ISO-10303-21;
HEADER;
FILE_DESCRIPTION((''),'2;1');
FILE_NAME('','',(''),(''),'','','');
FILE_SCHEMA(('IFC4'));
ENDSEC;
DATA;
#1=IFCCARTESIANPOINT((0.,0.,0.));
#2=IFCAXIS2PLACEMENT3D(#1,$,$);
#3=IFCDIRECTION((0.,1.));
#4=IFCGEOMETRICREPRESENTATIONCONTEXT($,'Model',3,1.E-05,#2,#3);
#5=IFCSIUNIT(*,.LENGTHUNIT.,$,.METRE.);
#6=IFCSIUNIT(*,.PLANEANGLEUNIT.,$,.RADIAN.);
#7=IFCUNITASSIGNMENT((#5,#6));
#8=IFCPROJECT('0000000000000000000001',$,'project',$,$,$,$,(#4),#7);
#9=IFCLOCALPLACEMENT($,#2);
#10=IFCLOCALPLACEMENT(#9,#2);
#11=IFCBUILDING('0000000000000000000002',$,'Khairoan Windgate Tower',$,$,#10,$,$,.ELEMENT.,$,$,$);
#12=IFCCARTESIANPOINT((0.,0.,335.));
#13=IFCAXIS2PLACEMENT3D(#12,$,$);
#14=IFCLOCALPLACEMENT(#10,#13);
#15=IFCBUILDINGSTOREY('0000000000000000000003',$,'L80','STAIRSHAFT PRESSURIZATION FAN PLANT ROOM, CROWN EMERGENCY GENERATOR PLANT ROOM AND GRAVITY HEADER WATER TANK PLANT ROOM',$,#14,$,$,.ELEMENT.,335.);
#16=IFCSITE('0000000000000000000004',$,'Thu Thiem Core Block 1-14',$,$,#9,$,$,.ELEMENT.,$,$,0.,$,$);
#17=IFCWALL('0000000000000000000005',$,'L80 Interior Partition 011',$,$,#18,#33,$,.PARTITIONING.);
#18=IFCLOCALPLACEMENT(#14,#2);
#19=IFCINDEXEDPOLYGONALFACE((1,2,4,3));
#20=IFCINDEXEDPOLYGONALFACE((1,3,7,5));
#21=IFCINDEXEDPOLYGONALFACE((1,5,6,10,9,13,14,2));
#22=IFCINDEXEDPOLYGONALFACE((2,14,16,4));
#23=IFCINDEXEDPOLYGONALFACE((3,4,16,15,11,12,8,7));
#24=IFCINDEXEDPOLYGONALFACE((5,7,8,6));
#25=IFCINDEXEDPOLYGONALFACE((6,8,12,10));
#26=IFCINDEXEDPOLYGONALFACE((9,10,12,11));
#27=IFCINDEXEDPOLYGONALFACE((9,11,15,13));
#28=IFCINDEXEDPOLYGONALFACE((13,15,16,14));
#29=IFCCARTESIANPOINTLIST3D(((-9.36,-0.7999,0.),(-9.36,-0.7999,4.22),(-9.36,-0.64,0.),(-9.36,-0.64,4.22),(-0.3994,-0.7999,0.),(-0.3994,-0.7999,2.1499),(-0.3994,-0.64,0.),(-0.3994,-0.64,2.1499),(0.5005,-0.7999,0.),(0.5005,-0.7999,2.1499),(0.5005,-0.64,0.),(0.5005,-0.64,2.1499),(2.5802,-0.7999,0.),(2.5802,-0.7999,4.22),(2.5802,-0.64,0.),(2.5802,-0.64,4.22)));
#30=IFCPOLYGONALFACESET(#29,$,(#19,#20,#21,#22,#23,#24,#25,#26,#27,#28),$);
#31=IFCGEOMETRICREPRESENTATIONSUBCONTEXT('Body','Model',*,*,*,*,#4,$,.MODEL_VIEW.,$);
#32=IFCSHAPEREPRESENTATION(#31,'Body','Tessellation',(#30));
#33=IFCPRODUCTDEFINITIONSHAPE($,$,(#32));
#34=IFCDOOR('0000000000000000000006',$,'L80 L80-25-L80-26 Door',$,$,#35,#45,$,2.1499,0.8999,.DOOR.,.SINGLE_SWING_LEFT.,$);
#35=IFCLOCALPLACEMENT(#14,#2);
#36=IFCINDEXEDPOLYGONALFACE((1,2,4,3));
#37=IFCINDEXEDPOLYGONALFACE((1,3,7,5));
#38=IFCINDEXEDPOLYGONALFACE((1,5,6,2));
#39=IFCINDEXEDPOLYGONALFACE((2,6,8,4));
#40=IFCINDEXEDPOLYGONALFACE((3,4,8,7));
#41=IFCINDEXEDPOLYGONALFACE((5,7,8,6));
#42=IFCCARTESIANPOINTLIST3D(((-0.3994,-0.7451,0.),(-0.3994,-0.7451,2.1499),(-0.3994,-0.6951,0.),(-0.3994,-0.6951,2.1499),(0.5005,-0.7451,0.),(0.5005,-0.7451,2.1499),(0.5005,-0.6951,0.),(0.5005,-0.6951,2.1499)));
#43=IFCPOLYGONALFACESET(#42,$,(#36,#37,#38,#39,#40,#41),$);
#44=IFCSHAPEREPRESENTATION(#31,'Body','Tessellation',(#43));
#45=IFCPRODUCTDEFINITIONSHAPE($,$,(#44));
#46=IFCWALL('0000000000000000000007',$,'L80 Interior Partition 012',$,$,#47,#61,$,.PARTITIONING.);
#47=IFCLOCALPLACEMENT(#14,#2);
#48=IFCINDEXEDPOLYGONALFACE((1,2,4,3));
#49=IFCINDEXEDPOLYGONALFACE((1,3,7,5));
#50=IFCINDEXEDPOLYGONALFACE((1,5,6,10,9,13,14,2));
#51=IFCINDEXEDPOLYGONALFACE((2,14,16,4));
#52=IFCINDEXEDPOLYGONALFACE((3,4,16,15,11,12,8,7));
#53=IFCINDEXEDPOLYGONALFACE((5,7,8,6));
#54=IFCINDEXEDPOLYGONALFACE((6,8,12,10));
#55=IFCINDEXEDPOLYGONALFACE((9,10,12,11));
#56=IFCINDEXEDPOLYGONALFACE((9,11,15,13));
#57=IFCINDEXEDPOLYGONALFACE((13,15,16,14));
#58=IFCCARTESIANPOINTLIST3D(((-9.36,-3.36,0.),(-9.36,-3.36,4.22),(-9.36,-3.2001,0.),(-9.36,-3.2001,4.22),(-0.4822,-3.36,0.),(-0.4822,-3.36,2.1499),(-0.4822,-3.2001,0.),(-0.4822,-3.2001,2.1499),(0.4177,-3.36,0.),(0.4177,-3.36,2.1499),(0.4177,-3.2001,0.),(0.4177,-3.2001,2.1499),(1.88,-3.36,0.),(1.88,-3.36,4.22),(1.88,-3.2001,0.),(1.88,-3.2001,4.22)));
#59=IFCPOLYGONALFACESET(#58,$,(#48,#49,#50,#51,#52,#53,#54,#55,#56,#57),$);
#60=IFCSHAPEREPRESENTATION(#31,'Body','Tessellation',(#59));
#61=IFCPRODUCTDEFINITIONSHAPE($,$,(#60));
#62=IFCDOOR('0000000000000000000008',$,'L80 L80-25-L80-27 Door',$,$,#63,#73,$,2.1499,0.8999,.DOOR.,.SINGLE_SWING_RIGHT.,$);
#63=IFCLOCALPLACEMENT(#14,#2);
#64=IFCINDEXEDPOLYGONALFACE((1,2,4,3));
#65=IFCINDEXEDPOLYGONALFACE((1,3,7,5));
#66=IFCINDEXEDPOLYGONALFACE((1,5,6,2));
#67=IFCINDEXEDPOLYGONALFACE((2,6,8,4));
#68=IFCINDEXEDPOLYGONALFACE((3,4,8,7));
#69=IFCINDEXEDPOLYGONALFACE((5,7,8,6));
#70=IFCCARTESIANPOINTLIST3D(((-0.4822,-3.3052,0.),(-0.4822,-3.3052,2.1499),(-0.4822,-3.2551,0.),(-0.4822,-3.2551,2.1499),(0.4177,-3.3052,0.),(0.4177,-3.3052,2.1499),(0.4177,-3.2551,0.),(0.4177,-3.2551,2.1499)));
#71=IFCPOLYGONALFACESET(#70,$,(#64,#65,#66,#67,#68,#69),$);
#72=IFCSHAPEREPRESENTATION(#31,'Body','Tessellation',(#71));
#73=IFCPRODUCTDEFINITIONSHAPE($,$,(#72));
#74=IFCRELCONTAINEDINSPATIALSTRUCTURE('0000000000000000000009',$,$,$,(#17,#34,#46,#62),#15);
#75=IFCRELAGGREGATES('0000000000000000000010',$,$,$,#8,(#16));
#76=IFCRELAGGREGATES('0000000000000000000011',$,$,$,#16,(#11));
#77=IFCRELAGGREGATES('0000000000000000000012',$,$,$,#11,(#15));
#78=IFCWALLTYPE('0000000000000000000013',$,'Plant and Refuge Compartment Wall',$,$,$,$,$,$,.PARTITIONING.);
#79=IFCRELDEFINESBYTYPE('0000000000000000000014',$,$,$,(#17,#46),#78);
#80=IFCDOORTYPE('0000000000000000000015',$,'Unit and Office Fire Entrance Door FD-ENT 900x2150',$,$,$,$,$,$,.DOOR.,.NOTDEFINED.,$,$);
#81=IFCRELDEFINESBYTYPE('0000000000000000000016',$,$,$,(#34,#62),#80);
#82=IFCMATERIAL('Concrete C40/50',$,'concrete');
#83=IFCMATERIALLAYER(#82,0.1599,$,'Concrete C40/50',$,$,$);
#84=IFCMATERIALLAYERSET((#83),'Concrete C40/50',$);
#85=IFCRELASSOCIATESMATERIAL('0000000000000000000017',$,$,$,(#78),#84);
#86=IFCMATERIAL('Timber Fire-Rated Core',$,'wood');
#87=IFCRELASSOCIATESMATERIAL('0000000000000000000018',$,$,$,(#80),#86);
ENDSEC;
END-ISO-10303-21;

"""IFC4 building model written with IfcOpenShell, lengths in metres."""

from ifc_helpers import new_model, si_unit, direction, frame, frame_2d, origin, place, context, subcontext, project, spatial, rectangle, extrude, material, layer, layer_set, type_object, element, fill, save


model = new_model("IFC4")

# Units and contexts
model_context = context("Model", 3, precision=1e-05, world=origin(), true_north=direction((0.0, 1.0)))
body_context = subcontext(model_context, "Body", "Model", "MODEL_VIEW")
ifc_project = project(units=[si_unit("LENGTHUNIT", "METRE"), si_unit("PLANEANGLEUNIT", "RADIAN")], contexts=[model_context])

# Site, building, storey
site_placement = place(None, origin())
site = spatial("IfcSite", under=ifc_project, at=site_placement, Name="Thu Thiem Core Block 1-14", CompositionType="ELEMENT", RefElevation=0.0)
building_placement = place(site_placement, origin())
building = spatial("IfcBuilding", under=site, at=building_placement, Name="Khairoan Windgate Tower", CompositionType="ELEMENT")
storey_placement = place(building_placement, frame((0.0, 0.0, 335.0)))
storey = spatial("IfcBuildingStorey", under=building, at=storey_placement, Name="L80", Description="STAIRSHAFT PRESSURIZATION FAN PLANT ROOM, CROWN EMERGENCY GENERATOR PLANT ROOM AND GRAVITY HEADER WATER TANK PLANT ROOM", CompositionType="ELEMENT", Elevation=335.0)

# Shared definitions
ifc_material_1 = material(Name="Concrete C40/50", Category="concrete")
ifc_layer_1 = layer(ifc_material_1, 0.1599, Name="Concrete C40/50")
ifc_layer_set_1 = layer_set([ifc_layer_1], Name="Concrete C40/50")
wall_type_1 = type_object("IfcWallType", Name="Plant and Refuge Compartment Wall", PredefinedType="PARTITIONING", material=ifc_layer_set_1)

# Walls, openings, doors
wall_1_placement = place(storey_placement, frame((-9.3601, -0.72, 0.0), z_axis=(0.0, 0.0, 1.0), x_axis=(1.0, 0.0, 0.0)))
wall_1 = element("IfcWall", 1, at=wall_1_placement, inside=storey, type_object=wall_type_1, Name="L80 Interior Partition 011", PredefinedType="PARTITIONING", context=body_context, shape_type="SweptSolid", body=[
    extrude(rectangle(XDim=11.9402, YDim=0.1599, at=frame_2d((5.9702, 0.0))), origin(), (0.0, 0.0, 1.0), 4.22),
])
opening_1_placement = place(wall_1_placement, frame((8.9607, 0.0, 0.0)))
opening_1 = element("IfcOpeningElement", 2, at=opening_1_placement, cuts=wall_1, PredefinedType="OPENING", context=body_context, shape_type="SweptSolid", body=[
    extrude(rectangle(XDim=0.8999, YDim=2.1499, at=frame_2d((0.45, 1.075))), frame((0.0, 0.0898, 0.0), z_axis=(0.0, -1.0, 0.0), x_axis=(1.0, 0.0, 0.0)), (0.0, 0.0, 1.0), 0.1799),
])
ifc_material_2 = material(Name="Timber Fire-Rated Core", Category="wood")
door_type_1 = type_object("IfcDoorType", Name="Unit and Office Fire Entrance Door FD-ENT 900x2150", OperationType="NOTDEFINED", PredefinedType="DOOR", material=ifc_material_2)
door_1_placement = place(opening_1_placement, origin())
door_1 = element("IfcDoor", 3, at=door_1_placement, inside=storey, type_object=door_type_1, Name="L80 L80-25-L80-26 Door", OperationType="SINGLE_SWING_LEFT", OverallHeight=2.1499, OverallWidth=0.8999, PredefinedType="DOOR", context=body_context, shape_type="SweptSolid", body=[
    extrude(rectangle(XDim=0.8999, YDim=2.1499, at=frame_2d((0.45, 1.075))), frame((0.0, 0.0249, 0.0), z_axis=(0.0, -1.0, 0.0), x_axis=(1.0, 0.0, 0.0)), (0.0, 0.0, 1.0), 0.05),
])
fill(opening_1, door_1)
wall_2_placement = place(storey_placement, frame((-9.3601, -3.28, 0.0), z_axis=(0.0, 0.0, 1.0), x_axis=(1.0, 0.0, 0.0)))
wall_2 = element("IfcWall", 4, at=wall_2_placement, inside=storey, type_object=wall_type_1, Name="L80 Interior Partition 012", PredefinedType="PARTITIONING", context=body_context, shape_type="SweptSolid", body=[
    extrude(rectangle(XDim=11.24, YDim=0.1599, at=frame_2d((5.6201, 0.0))), origin(), (0.0, 0.0, 1.0), 4.22),
])
opening_2_placement = place(wall_2_placement, frame((8.8779, 0.0, 0.0)))
opening_2 = element("IfcOpeningElement", 5, at=opening_2_placement, cuts=wall_2, PredefinedType="OPENING", context=body_context, shape_type="SweptSolid", body=[
    extrude(rectangle(XDim=0.8999, YDim=2.1499, at=frame_2d((0.45, 1.075))), frame((0.0, 0.0898, 0.0), z_axis=(0.0, -1.0, 0.0), x_axis=(1.0, 0.0, 0.0)), (0.0, 0.0, 1.0), 0.1799),
])
door_2_placement = place(opening_2_placement, origin())
door_2 = element("IfcDoor", 6, at=door_2_placement, inside=storey, type_object=door_type_1, Name="L80 L80-25-L80-27 Door", OperationType="SINGLE_SWING_RIGHT", OverallHeight=2.1499, OverallWidth=0.8999, PredefinedType="DOOR", context=body_context, shape_type="SweptSolid", body=[
    extrude(rectangle(XDim=0.8999, YDim=2.1499, at=frame_2d((0.45, 1.075))), frame((0.0, 0.0249, 0.0), z_axis=(0.0, -1.0, 0.0), x_axis=(1.0, 0.0, 0.0)), (0.0, 0.0, 1.0), 0.05),
])
fill(opening_2, door_2)

save(model, "model.ifc")
